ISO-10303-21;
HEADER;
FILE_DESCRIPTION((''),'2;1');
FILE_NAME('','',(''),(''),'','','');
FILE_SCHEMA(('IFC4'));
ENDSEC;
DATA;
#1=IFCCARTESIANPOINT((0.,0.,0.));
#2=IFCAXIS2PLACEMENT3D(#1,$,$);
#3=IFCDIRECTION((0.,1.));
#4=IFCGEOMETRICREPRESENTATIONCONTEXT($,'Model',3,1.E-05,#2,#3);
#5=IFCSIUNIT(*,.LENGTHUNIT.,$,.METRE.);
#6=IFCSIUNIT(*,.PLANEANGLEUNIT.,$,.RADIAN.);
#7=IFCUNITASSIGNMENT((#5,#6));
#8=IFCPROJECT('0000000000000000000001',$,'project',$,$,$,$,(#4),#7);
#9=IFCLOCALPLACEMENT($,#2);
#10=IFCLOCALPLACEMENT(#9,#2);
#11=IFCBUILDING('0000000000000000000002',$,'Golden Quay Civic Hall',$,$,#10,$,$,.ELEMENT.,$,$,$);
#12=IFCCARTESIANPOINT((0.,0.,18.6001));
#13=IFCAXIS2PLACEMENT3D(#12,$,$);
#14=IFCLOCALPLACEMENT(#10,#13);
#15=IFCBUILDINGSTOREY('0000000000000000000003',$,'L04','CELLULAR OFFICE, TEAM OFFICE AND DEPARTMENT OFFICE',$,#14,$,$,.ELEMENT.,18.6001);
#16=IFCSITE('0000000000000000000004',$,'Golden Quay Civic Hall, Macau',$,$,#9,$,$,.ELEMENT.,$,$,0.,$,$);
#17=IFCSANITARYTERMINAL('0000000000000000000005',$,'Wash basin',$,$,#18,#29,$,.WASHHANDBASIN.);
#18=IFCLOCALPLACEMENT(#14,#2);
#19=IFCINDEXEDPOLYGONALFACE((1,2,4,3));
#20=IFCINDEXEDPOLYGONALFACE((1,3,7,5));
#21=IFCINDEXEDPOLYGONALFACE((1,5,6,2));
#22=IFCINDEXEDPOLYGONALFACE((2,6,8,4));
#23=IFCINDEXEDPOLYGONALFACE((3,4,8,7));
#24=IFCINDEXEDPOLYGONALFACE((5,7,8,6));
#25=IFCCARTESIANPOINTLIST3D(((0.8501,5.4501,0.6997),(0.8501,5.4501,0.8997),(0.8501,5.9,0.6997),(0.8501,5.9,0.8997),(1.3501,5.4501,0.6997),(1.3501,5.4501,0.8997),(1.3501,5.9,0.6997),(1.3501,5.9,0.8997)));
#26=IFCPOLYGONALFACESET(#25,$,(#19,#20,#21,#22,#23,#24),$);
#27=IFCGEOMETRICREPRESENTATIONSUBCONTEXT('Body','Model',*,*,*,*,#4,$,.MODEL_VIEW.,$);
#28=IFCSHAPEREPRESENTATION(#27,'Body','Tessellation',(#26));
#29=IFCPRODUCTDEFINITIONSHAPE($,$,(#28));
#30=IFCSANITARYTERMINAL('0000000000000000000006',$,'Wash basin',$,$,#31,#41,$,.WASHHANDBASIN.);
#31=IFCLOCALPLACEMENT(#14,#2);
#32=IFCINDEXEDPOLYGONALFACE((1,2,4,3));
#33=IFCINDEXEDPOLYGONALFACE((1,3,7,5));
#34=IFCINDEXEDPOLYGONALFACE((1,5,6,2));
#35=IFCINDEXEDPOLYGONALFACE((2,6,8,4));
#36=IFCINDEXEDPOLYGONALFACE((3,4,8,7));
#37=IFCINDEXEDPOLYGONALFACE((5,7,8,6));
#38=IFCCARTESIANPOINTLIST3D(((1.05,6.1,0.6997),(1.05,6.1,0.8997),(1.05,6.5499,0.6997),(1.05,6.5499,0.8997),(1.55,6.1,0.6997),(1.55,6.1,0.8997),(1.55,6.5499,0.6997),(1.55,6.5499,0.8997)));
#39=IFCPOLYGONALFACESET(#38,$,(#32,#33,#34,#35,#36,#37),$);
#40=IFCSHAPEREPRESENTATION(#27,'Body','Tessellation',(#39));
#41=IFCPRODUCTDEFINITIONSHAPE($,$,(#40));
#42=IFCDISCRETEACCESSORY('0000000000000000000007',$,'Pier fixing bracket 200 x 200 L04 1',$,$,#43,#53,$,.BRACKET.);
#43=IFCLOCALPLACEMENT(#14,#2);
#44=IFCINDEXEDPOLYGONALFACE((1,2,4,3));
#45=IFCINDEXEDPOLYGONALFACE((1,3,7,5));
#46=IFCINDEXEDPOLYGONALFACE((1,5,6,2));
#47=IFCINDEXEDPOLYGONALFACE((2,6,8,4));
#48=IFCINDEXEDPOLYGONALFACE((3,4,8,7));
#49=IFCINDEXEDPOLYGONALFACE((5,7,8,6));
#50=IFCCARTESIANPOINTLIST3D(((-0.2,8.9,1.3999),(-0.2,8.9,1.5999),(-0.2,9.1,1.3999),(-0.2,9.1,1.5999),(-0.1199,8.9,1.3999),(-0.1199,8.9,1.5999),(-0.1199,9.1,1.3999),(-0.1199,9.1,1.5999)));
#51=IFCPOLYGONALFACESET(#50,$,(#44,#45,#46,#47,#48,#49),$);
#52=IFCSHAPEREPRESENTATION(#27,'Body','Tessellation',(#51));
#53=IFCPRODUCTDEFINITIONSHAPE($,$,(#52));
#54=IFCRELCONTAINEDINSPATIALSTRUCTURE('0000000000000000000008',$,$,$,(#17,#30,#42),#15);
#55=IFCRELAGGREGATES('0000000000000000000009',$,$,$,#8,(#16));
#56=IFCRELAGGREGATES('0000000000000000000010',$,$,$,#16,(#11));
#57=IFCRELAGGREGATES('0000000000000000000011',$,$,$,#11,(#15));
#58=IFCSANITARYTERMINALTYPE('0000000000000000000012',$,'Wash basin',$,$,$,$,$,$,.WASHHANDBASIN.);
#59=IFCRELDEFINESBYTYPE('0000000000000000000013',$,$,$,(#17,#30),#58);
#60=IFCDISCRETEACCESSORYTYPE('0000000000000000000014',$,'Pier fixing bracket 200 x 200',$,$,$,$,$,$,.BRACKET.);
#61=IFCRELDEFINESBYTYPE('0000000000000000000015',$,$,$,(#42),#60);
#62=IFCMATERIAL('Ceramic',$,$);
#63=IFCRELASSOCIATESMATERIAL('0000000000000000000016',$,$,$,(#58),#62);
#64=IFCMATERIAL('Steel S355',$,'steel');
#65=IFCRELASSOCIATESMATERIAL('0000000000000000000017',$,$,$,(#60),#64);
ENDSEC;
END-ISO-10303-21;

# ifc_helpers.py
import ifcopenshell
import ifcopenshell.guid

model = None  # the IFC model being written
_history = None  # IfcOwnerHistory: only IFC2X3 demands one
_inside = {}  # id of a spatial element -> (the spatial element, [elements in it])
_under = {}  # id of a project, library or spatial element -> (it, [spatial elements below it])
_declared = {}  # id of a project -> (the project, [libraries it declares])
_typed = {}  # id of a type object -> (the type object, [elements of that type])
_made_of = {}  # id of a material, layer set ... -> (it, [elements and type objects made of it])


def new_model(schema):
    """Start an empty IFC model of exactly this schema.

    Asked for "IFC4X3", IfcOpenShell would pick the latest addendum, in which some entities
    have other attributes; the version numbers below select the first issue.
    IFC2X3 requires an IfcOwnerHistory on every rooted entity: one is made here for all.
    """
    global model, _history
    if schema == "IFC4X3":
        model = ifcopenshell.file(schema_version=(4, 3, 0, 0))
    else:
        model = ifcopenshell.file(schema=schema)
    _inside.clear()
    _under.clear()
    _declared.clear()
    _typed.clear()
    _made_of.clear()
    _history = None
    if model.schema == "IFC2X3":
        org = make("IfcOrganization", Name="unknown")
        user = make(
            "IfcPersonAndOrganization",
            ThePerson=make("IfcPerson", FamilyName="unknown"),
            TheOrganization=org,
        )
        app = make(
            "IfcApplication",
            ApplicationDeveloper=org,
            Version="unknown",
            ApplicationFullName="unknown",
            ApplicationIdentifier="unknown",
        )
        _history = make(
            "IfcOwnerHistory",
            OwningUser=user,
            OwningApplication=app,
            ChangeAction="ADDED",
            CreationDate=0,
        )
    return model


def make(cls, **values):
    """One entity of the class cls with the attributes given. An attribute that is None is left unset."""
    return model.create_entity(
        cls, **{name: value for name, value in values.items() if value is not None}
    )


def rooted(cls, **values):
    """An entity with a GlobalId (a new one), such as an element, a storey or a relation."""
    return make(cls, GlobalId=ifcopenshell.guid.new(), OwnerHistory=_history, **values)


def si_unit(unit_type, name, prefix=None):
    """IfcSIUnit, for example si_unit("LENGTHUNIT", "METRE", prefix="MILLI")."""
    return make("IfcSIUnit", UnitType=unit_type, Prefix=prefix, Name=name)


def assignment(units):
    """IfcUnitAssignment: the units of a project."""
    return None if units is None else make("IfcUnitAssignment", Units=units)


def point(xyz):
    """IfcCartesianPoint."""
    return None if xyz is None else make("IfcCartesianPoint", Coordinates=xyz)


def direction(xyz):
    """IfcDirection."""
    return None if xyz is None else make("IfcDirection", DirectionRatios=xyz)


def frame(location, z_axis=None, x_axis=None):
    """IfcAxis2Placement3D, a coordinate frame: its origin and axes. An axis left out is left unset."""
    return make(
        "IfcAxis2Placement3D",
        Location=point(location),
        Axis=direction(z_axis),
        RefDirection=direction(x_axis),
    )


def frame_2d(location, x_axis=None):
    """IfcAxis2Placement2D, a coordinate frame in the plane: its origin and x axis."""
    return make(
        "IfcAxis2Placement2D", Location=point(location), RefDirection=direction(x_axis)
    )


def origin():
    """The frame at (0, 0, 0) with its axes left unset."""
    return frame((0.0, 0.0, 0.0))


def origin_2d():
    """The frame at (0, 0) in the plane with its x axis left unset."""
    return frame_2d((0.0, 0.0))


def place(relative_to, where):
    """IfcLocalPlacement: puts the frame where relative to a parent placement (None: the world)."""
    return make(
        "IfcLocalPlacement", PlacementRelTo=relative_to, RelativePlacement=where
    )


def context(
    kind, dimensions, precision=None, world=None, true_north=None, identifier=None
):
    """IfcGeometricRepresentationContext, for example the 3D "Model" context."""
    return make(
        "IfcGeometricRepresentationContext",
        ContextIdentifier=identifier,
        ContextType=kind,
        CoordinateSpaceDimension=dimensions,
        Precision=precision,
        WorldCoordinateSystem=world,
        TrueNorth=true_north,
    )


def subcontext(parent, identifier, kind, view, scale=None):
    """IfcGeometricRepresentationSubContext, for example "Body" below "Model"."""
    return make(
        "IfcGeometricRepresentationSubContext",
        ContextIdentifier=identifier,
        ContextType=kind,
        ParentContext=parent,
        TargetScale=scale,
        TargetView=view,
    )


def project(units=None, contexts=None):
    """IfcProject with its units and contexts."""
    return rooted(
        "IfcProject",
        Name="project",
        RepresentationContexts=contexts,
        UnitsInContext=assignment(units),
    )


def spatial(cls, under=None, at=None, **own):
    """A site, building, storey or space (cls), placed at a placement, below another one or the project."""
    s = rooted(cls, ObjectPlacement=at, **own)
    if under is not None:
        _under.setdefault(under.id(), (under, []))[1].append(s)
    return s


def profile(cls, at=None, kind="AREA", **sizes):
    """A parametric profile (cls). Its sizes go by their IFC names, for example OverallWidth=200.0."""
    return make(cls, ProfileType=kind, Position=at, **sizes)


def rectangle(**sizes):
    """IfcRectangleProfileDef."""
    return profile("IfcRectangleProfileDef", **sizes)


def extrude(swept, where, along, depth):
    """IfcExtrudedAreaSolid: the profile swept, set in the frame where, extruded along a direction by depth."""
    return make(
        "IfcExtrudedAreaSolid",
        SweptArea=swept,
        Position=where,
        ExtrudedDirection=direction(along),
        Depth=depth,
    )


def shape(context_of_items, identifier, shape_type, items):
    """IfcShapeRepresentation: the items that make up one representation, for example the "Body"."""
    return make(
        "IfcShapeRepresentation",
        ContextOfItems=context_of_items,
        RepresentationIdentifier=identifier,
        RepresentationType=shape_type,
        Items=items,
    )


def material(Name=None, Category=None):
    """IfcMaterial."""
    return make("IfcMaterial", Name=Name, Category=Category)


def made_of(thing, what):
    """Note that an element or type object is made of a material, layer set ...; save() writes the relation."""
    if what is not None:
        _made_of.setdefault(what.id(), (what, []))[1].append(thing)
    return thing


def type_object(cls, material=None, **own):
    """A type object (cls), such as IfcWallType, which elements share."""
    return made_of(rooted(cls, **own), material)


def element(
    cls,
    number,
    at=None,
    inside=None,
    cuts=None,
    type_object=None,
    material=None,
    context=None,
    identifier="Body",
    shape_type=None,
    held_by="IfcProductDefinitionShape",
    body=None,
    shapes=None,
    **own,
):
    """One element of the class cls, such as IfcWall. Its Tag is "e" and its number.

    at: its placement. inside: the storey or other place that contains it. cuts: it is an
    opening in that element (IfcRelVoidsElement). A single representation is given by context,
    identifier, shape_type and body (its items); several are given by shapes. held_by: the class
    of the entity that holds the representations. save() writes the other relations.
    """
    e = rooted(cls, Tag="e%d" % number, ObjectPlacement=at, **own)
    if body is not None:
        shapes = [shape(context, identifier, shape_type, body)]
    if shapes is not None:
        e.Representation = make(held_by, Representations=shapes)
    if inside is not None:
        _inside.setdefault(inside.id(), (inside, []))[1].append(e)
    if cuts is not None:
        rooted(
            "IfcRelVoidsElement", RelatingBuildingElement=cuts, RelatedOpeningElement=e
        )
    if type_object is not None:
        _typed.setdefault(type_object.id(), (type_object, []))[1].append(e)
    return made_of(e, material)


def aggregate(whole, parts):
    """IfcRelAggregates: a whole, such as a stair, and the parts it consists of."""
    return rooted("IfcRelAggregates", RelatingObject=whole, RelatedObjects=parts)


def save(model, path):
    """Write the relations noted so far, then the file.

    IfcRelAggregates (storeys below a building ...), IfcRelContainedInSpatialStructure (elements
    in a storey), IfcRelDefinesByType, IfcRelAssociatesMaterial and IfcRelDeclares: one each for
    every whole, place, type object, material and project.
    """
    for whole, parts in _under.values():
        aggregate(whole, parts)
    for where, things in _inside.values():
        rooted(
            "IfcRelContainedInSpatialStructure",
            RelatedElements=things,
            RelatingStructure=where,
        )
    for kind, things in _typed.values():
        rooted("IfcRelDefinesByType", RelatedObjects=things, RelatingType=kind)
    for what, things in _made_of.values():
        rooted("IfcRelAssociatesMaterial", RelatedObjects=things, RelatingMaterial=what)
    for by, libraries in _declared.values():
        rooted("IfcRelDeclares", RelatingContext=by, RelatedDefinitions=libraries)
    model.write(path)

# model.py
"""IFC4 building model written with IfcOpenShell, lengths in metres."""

from ifc_helpers import new_model, si_unit, direction, frame, origin, origin_2d, place, context, subcontext, project, spatial, rectangle, extrude, material, type_object, element, save


model = new_model("IFC4")

# Units and contexts
model_context = context("Model", 3, precision=1e-05, world=origin(), true_north=direction((0.0, 1.0)))
body_context = subcontext(model_context, "Body", "Model", "MODEL_VIEW")
ifc_project = project(units=[si_unit("LENGTHUNIT", "METRE"), si_unit("PLANEANGLEUNIT", "RADIAN")], contexts=[model_context])

# Site, building, storey
site_placement = place(None, origin())
site = spatial("IfcSite", under=ifc_project, at=site_placement, Name="Golden Quay Civic Hall, Macau", CompositionType="ELEMENT", RefElevation=0.0)
building_placement = place(site_placement, origin())
building = spatial("IfcBuilding", under=site, at=building_placement, Name="Golden Quay Civic Hall", CompositionType="ELEMENT")
storey_placement = place(building_placement, frame((0.0, 0.0, 18.6001)))
storey = spatial("IfcBuildingStorey", under=building, at=storey_placement, Name="L04", Description="CELLULAR OFFICE, TEAM OFFICE AND DEPARTMENT OFFICE", CompositionType="ELEMENT", Elevation=18.6001)

# Sanitary terminals
ifc_material_1 = material(Name="Ceramic")
sanitary_terminal_type_1 = type_object("IfcSanitaryTerminalType", Name="Wash basin", PredefinedType="WASHHANDBASIN", material=ifc_material_1)
for number, where, z_axis, x_axis, name in (
    (1, (1.1001, 5.675, 0.6997), (0.0, 0.0, 1.0), (1.0, 0.0, 0.0), "Wash basin"),
    (2, (1.3, 6.325, 0.6997), (0.0, 0.0, 1.0), (1.0, 0.0, 0.0), "Wash basin"),
):
    element("IfcSanitaryTerminal", number, at=place(storey_placement, frame(where, z_axis=z_axis, x_axis=x_axis)), inside=storey, type_object=sanitary_terminal_type_1, Name=name, PredefinedType="WASHHANDBASIN", context=body_context, shape_type="SweptSolid", body=[
        extrude(rectangle(XDim=0.5, YDim=0.45, at=origin_2d()), origin(), (0.0, 0.0, 1.0), 0.2),
    ])

# Discrete accessory
ifc_material_2 = material(Name="Steel S355", Category="steel")
discrete_accessory_type = type_object("IfcDiscreteAccessoryType", Name="Pier fixing bracket 200 x 200", PredefinedType="BRACKET", material=ifc_material_2)
discrete_accessory_placement = place(storey_placement, frame((-0.1599, 9.0, 1.3999), z_axis=(0.0, 0.0, 1.0), x_axis=(0.0, -1.0, 0.0)))
element("IfcDiscreteAccessory", 3, at=discrete_accessory_placement, inside=storey, type_object=discrete_accessory_type, Name="Pier fixing bracket 200 x 200 L04 1", PredefinedType="BRACKET", context=body_context, shape_type="SweptSolid", body=[
    extrude(rectangle(XDim=0.2, YDim=0.0801, at=origin_2d()), origin(), (0.0, 0.0, 1.0), 0.2),
])

save(model, "model.ifc")
